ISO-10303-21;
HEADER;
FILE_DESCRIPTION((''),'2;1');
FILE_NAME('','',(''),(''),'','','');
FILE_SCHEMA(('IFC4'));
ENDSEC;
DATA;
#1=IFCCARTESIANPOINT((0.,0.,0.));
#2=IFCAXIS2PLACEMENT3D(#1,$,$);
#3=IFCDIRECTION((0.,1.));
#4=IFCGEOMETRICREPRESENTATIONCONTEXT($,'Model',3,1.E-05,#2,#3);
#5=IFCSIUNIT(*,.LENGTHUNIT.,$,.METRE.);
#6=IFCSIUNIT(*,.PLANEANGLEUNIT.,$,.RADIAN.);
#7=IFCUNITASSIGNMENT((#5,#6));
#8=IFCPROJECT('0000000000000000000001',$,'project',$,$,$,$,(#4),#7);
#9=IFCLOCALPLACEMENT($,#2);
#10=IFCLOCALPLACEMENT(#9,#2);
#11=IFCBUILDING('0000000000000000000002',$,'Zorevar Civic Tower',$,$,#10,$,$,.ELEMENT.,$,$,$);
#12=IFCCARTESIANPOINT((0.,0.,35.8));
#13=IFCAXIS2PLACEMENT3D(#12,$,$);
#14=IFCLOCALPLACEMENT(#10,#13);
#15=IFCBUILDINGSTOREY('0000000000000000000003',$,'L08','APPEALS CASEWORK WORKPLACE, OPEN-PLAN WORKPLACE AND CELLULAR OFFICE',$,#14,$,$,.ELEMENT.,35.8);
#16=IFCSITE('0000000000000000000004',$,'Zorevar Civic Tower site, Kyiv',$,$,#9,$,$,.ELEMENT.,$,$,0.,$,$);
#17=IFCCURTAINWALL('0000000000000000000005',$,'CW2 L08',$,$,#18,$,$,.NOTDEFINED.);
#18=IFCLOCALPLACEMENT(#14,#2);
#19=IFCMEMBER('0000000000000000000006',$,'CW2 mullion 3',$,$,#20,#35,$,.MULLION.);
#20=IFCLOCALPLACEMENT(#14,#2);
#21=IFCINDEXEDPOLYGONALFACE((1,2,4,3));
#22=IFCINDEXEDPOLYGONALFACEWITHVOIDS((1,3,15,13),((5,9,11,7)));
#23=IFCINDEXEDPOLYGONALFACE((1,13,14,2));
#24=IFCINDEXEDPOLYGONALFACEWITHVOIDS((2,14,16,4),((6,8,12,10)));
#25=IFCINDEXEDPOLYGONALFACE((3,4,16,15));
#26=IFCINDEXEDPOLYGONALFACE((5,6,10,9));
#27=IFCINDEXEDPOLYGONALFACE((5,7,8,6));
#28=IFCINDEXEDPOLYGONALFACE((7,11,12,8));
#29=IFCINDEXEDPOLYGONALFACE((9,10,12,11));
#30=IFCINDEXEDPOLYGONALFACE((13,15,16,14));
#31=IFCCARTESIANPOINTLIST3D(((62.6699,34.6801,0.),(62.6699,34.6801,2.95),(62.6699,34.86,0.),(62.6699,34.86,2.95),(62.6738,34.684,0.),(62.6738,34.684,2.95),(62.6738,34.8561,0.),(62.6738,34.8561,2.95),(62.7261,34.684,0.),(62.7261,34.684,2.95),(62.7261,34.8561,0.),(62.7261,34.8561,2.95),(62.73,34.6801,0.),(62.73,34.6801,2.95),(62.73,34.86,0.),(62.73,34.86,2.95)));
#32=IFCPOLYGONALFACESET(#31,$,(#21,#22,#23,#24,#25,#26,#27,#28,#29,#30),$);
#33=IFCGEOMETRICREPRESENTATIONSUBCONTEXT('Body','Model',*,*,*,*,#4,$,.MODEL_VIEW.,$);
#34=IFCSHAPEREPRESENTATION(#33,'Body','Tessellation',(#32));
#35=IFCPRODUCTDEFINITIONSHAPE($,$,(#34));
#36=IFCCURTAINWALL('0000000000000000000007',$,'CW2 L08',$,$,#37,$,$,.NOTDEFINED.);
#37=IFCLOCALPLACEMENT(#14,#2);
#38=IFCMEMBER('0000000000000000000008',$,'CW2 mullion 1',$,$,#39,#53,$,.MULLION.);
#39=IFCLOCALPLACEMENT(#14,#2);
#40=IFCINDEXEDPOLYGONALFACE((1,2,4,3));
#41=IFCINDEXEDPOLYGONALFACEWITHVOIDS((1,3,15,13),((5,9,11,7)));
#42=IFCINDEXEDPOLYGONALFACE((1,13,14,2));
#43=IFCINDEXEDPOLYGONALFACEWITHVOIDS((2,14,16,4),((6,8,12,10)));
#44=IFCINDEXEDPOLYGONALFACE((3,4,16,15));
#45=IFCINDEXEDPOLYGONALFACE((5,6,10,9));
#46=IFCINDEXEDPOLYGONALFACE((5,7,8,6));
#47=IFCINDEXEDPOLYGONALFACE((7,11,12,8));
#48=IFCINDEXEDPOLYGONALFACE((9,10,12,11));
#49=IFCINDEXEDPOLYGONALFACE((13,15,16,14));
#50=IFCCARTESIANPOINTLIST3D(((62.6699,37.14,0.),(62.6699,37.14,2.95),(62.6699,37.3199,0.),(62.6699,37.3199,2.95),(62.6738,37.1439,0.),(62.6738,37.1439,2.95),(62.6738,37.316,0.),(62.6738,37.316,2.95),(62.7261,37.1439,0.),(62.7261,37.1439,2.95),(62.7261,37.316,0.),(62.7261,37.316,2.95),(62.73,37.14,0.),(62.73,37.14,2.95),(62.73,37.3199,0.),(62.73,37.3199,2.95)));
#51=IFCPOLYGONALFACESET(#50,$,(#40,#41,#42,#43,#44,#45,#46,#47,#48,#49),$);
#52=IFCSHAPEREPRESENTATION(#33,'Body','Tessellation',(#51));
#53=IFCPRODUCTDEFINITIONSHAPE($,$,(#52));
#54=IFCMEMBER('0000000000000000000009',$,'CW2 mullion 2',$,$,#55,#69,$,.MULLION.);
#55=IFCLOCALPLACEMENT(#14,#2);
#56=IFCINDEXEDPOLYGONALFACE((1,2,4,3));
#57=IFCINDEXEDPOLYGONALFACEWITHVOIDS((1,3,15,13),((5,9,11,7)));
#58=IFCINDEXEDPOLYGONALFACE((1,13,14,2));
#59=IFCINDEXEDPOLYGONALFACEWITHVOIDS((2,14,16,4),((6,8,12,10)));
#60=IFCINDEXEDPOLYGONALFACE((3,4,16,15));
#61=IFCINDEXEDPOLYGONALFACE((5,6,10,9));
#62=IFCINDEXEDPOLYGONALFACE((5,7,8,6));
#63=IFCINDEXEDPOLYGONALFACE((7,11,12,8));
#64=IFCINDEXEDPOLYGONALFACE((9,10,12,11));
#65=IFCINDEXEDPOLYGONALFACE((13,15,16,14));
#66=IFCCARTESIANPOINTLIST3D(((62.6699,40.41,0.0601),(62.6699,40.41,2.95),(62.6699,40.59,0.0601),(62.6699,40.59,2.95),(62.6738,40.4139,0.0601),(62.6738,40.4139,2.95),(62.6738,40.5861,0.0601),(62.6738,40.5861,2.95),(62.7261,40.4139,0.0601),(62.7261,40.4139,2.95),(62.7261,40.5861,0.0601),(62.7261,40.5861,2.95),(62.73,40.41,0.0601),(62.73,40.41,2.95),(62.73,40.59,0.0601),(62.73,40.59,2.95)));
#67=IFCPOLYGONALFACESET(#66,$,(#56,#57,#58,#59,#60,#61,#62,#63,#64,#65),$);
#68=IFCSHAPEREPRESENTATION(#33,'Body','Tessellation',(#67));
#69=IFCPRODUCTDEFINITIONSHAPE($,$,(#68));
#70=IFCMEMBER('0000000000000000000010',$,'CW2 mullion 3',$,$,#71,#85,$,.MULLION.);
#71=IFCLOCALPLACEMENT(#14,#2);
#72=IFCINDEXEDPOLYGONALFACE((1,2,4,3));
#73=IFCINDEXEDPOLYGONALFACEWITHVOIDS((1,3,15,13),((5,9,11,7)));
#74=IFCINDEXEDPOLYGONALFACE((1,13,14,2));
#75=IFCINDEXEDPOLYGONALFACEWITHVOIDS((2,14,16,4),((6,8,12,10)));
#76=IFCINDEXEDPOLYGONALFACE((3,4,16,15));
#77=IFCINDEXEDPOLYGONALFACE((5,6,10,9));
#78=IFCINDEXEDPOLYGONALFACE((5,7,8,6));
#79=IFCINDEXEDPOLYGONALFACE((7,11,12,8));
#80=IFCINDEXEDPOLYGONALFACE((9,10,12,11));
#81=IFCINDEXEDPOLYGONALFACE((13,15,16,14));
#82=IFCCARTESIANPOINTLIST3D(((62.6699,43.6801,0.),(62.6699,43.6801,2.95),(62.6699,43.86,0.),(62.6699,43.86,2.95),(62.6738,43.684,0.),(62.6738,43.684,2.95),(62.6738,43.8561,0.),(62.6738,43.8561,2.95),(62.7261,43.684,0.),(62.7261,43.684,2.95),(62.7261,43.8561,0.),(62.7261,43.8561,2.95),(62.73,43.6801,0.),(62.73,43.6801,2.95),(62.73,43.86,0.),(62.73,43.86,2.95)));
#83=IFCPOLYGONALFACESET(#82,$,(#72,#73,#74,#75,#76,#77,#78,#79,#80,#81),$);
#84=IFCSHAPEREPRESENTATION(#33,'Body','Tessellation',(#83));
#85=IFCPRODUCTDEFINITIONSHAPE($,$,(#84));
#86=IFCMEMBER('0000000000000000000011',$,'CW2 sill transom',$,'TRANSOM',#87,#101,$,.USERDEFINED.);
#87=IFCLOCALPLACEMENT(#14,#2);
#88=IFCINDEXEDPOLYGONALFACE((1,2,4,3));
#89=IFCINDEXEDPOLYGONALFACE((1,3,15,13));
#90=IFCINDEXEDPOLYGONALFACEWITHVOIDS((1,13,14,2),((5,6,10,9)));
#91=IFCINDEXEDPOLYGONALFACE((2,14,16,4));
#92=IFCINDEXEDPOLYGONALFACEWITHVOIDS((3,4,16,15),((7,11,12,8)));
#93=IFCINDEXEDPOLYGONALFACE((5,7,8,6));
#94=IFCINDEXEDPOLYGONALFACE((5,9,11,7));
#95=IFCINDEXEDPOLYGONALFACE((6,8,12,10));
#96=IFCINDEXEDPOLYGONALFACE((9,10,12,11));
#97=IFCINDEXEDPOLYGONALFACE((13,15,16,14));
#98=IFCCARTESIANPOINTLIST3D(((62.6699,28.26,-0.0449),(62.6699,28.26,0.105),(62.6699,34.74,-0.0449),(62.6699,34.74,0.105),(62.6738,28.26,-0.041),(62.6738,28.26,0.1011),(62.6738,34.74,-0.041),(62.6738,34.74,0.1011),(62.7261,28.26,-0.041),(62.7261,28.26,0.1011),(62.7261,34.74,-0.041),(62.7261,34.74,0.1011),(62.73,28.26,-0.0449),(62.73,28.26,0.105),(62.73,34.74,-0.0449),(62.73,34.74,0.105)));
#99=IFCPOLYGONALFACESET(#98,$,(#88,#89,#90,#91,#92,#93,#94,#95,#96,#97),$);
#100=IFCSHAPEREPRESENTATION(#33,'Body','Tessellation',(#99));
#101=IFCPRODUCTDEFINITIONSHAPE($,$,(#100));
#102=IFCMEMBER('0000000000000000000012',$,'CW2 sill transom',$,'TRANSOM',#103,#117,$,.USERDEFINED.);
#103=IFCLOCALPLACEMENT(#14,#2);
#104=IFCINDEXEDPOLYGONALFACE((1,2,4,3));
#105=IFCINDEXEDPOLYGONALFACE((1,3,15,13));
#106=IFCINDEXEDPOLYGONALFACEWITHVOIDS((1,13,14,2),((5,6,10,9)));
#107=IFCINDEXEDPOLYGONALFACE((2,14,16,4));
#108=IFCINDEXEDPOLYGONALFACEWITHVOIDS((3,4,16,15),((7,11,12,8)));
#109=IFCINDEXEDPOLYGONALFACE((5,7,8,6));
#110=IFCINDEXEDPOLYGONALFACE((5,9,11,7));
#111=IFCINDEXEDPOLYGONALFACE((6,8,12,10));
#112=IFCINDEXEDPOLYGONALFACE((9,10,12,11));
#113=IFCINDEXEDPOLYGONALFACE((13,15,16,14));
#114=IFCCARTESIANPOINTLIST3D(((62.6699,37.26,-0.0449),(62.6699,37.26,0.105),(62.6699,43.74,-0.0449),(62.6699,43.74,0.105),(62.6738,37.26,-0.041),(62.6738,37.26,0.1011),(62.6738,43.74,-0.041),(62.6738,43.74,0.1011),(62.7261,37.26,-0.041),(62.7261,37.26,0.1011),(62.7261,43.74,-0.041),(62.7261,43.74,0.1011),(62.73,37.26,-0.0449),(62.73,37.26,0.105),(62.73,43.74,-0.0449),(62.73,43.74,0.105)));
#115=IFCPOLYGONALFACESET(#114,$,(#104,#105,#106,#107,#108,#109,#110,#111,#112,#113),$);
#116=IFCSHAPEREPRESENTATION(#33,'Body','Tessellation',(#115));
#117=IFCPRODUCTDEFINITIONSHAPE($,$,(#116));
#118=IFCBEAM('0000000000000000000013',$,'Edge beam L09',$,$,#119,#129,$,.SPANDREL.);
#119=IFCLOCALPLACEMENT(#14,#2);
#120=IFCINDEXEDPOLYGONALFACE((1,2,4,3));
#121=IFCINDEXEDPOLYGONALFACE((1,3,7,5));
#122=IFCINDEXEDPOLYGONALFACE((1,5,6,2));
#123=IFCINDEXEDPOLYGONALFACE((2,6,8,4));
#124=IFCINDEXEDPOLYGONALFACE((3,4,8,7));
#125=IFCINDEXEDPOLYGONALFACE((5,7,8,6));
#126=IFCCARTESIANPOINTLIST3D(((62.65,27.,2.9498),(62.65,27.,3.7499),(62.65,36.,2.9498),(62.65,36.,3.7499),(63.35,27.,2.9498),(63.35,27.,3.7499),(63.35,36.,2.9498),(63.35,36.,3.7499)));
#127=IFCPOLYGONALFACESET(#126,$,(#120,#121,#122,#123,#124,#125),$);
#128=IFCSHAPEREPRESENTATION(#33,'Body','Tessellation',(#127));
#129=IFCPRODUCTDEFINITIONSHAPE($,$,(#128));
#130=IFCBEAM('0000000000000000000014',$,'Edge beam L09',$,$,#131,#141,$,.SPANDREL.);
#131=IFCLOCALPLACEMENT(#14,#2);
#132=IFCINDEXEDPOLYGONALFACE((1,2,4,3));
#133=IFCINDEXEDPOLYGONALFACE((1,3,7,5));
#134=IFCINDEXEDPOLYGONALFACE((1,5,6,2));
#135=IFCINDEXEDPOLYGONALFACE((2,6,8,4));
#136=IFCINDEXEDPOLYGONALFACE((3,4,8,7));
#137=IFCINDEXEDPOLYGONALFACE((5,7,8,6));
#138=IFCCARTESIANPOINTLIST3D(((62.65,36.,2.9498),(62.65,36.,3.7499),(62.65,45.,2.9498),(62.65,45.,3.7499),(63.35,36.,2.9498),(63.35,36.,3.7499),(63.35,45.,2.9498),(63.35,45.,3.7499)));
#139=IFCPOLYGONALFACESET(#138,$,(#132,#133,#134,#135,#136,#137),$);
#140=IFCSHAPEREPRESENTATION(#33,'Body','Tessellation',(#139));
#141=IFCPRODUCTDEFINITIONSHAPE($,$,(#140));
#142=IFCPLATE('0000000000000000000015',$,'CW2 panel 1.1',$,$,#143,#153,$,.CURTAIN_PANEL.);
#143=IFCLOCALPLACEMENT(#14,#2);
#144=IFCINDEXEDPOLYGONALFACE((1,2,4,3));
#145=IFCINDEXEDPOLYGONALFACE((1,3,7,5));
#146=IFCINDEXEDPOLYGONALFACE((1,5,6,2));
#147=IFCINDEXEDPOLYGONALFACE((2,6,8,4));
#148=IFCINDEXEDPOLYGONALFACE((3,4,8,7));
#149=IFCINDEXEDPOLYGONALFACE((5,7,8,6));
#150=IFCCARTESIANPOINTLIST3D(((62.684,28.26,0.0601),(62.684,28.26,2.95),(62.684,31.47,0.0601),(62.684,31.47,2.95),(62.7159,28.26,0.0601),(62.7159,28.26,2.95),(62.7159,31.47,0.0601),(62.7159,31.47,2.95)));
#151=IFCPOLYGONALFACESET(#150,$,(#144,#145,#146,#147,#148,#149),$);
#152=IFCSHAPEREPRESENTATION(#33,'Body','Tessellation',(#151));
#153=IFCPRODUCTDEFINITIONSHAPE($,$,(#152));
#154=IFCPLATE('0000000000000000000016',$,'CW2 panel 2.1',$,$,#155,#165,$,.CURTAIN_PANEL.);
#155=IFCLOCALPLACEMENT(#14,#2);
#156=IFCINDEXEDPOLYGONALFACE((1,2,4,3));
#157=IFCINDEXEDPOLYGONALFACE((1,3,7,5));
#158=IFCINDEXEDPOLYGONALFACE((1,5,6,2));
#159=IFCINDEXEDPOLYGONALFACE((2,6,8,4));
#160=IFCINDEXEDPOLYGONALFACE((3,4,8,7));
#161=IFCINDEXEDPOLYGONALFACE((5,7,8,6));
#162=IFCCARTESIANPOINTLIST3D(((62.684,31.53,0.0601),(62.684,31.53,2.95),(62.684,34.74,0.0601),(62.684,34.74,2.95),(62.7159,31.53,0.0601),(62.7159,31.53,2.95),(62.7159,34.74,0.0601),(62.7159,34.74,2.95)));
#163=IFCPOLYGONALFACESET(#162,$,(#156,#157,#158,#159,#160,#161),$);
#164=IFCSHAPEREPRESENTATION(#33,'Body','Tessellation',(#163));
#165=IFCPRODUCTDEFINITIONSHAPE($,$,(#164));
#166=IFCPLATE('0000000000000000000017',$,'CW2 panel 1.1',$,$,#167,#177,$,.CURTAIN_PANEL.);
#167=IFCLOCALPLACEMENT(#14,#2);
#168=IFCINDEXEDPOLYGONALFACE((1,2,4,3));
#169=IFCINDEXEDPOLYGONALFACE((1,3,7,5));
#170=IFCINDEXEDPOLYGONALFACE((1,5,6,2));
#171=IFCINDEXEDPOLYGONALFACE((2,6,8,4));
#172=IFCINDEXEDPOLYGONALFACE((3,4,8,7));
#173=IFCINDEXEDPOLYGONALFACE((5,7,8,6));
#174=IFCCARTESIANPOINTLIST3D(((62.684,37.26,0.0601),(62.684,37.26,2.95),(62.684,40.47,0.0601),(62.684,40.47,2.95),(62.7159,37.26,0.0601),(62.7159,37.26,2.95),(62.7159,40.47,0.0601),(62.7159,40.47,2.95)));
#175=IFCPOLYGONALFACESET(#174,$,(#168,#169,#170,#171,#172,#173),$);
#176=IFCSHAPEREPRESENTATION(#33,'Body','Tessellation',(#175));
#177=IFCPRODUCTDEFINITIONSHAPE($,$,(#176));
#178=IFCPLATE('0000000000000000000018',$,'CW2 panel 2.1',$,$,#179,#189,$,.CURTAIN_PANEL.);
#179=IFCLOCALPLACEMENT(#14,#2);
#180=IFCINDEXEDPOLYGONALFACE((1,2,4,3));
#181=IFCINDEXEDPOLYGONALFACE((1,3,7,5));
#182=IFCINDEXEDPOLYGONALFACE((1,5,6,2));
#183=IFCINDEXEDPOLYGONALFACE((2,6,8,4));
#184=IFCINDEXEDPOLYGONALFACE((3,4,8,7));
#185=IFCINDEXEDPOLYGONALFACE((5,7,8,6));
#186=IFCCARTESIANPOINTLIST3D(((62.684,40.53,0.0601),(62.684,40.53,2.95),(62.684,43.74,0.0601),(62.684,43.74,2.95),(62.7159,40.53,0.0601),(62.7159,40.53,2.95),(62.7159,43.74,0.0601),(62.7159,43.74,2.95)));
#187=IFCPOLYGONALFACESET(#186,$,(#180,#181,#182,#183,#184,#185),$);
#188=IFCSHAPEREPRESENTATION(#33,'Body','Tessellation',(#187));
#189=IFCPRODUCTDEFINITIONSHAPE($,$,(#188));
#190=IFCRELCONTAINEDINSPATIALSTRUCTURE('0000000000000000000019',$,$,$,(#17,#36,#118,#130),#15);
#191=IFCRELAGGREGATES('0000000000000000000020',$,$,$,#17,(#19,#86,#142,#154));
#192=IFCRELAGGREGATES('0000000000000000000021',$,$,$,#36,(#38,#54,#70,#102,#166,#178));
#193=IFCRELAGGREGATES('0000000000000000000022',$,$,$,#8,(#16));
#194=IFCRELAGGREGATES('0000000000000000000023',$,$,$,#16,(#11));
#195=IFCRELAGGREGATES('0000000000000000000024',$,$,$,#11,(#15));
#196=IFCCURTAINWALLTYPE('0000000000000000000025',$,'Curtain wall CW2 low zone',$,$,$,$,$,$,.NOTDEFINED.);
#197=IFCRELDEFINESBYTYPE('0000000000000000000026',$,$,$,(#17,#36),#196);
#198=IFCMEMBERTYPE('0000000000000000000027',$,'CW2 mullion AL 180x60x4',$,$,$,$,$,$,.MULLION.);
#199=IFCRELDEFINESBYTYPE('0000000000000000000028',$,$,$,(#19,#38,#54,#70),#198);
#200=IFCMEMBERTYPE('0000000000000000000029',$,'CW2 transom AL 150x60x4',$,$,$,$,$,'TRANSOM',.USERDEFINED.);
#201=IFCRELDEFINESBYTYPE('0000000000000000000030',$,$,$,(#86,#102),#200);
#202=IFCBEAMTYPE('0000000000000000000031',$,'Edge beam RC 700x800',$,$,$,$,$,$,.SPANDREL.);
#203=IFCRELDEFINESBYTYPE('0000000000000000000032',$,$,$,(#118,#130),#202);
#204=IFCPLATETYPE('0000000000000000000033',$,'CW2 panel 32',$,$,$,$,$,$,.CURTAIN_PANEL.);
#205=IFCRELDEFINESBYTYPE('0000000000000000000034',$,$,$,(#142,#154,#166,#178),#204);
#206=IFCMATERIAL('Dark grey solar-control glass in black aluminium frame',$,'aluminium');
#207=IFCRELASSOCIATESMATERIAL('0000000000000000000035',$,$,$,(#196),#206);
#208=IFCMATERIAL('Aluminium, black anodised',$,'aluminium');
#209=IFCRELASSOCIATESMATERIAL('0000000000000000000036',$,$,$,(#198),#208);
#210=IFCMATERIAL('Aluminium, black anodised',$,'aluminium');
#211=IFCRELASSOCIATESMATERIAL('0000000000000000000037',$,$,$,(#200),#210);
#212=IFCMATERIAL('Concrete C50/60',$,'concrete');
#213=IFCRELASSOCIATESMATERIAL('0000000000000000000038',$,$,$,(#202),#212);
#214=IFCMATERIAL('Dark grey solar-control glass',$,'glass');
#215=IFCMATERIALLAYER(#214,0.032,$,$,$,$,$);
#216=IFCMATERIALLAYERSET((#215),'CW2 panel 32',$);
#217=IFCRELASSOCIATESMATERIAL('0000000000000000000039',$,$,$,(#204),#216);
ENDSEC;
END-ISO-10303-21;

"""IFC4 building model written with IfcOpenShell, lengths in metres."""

from ifc_helpers import new_model, si_unit, direction, frame, origin, origin_2d, place, context, subcontext, project, spatial, rectangle, hollow_rectangle, extrude, material, layer, layer_set, material_profile, profile_set, type_object, element, aggregate, save


model = new_model("IFC4")

# Units and contexts
model_context = context("Model", 3, precision=1e-05, world=origin(), true_north=direction((0.0, 1.0)))
body_context = subcontext(model_context, "Body", "Model", "MODEL_VIEW")
ifc_project = project(units=[si_unit("LENGTHUNIT", "METRE"), si_unit("PLANEANGLEUNIT", "RADIAN")], contexts=[model_context])

# Site, building, storey
site_placement = place(None, origin())
site = spatial("IfcSite", under=ifc_project, at=site_placement, Name="Zorevar Civic Tower site, Kyiv", CompositionType="ELEMENT", RefElevation=0.0)
building_placement = place(site_placement, origin())
building = spatial("IfcBuilding", under=site, at=building_placement, Name="Zorevar Civic Tower", CompositionType="ELEMENT")
storey_placement = place(building_placement, frame((0.0, 0.0, 35.8)))
storey = spatial("IfcBuildingStorey", under=building, at=storey_placement, Name="L08", Description="APPEALS CASEWORK WORKPLACE, OPEN-PLAN WORKPLACE AND CELLULAR OFFICE", CompositionType="ELEMENT", Elevation=35.8)

# Curtain walls, members
ifc_material_1 = material(Name="Dark grey solar-control glass in black aluminium frame", Category="aluminium")
curtain_wall_type = type_object("IfcCurtainWallType", Name="Curtain wall CW2 low zone", PredefinedType="NOTDEFINED", material=ifc_material_1)
curtain_wall_1_placement = place(storey_placement, origin())
curtain_wall_1 = element("IfcCurtainWall", 1, at=curtain_wall_1_placement, inside=storey, type_object=curtain_wall_type, Name="CW2 L08", PredefinedType="NOTDEFINED")
ifc_material_2 = material(Name="Aluminium, black anodised", Category="aluminium")
ifc_material_profile_1 = material_profile(ifc_material_2, hollow_rectangle(XDim=0.0601, YDim=0.1799, WallThickness=0.0039, at=origin_2d()), Name="AL 180x60x4")
ifc_profile_set_1 = profile_set([ifc_material_profile_1], Name="Aluminium, black anodised")
member_type_1 = type_object("IfcMemberType", Name="CW2 mullion AL 180x60x4", PredefinedType="MULLION", material=ifc_profile_set_1)
member_1_placement = place(storey_placement, frame((62.7, 34.77, 0.0), z_axis=(0.0, 0.0, 1.0), x_axis=(-1.0, 0.0, 0.0)))
member_1 = element("IfcMember", 2, at=member_1_placement, type_object=member_type_1, Name="CW2 mullion 3", PredefinedType="MULLION", context=body_context, shape_type="SweptSolid", body=[
    extrude(hollow_rectangle(XDim=0.0601, YDim=0.1799, WallThickness=0.0039, at=origin_2d()), origin(), (0.0, 0.0, 1.0), 2.95),
])
curtain_wall_2_placement = place(storey_placement, origin())
curtain_wall_2 = element("IfcCurtainWall", 3, at=curtain_wall_2_placement, inside=storey, type_object=curtain_wall_type, Name="CW2 L08", PredefinedType="NOTDEFINED")
member_2_placement = place(storey_placement, frame((62.7, 37.23, 0.0), z_axis=(0.0, 0.0, 1.0), x_axis=(-1.0, 0.0, 0.0)))
member_2 = element("IfcMember", 4, at=member_2_placement, type_object=member_type_1, Name="CW2 mullion 1", PredefinedType="MULLION", context=body_context, shape_type="SweptSolid", body=[
    extrude(hollow_rectangle(XDim=0.0601, YDim=0.1799, WallThickness=0.0039, at=origin_2d()), origin(), (0.0, 0.0, 1.0), 2.95),
])
member_3_placement = place(storey_placement, frame((62.7, 40.5, 0.0601), z_axis=(0.0, 0.0, 1.0), x_axis=(-1.0, 0.0, 0.0)))
member_3 = element("IfcMember", 5, at=member_3_placement, type_object=member_type_1, Name="CW2 mullion 2", PredefinedType="MULLION", context=body_context, shape_type="SweptSolid", body=[
    extrude(hollow_rectangle(XDim=0.0601, YDim=0.1799, WallThickness=0.0039, at=origin_2d()), origin(), (0.0, 0.0, 1.0), 2.8899),
])
member_4_placement = place(storey_placement, frame((62.7, 43.77, 0.0), z_axis=(0.0, 0.0, 1.0), x_axis=(-1.0, 0.0, 0.0)))
member_4 = element("IfcMember", 6, at=member_4_placement, type_object=member_type_1, Name="CW2 mullion 3", PredefinedType="MULLION", context=body_context, shape_type="SweptSolid", body=[
    extrude(hollow_rectangle(XDim=0.0601, YDim=0.1799, WallThickness=0.0039, at=origin_2d()), origin(), (0.0, 0.0, 1.0), 2.95),
])

# Members
ifc_material_3 = material(Name="Aluminium, black anodised", Category="aluminium")
ifc_material_profile_2 = material_profile(ifc_material_3, hollow_rectangle(XDim=0.0601, YDim=0.1499, WallThickness=0.0039, at=origin_2d()), Name="AL 150x60x4")
ifc_profile_set_2 = profile_set([ifc_material_profile_2], Name="Aluminium, black anodised")
member_type_2 = type_object("IfcMemberType", Name="CW2 transom AL 150x60x4", ElementType="TRANSOM", PredefinedType="USERDEFINED", material=ifc_profile_set_2)
member_5_placement = place(storey_placement, frame((62.7, 28.26, 0.03), z_axis=(0.0, 1.0, 0.0), x_axis=(-1.0, 0.0, 0.0)))
member_5 = element("IfcMember", 7, at=member_5_placement, type_object=member_type_2, Name="CW2 sill transom", ObjectType="TRANSOM", PredefinedType="USERDEFINED", context=body_context, shape_type="SweptSolid", body=[
    extrude(hollow_rectangle(XDim=0.0601, YDim=0.1499, WallThickness=0.0039, at=origin_2d()), origin(), (0.0, 0.0, 1.0), 6.48),
])
member_6_placement = place(storey_placement, frame((62.7, 37.26, 0.03), z_axis=(0.0, 1.0, 0.0), x_axis=(-1.0, 0.0, 0.0)))
member_6 = element("IfcMember", 8, at=member_6_placement, type_object=member_type_2, Name="CW2 sill transom", ObjectType="TRANSOM", PredefinedType="USERDEFINED", context=body_context, shape_type="SweptSolid", body=[
    extrude(hollow_rectangle(XDim=0.0601, YDim=0.1499, WallThickness=0.0039, at=origin_2d()), origin(), (0.0, 0.0, 1.0), 6.48),
])

# Beams
ifc_material_4 = material(Name="Concrete C50/60", Category="concrete")
ifc_material_profile_3 = material_profile(ifc_material_4, rectangle(XDim=0.7, YDim=0.8, at=origin_2d()), Name="RC 700x800")
ifc_profile_set_3 = profile_set([ifc_material_profile_3], Name="Concrete C50/60")
beam_type_1 = type_object("IfcBeamType", Name="Edge beam RC 700x800", PredefinedType="SPANDREL", material=ifc_profile_set_3)
for number, where, z_axis, x_axis, name in (
    (9, (63.0, 27.0, 3.3499), (0.0, 1.0, 0.0), (-1.0, 0.0, 0.0), "Edge beam L09"),
    (10, (63.0, 36.0, 3.3499), (0.0, 1.0, 0.0), (-1.0, 0.0, 0.0), "Edge beam L09"),
):
    element("IfcBeam", number, at=place(storey_placement, frame(where, z_axis=z_axis, x_axis=x_axis)), inside=storey, type_object=beam_type_1, Name=name, PredefinedType="SPANDREL", context=body_context, shape_type="SweptSolid", body=[
        extrude(rectangle(XDim=0.7, YDim=0.8, at=origin_2d()), origin(), (0.0, 0.0, 1.0), 9.0),
    ])

# Plates
ifc_material_5 = material(Name="Dark grey solar-control glass", Category="glass")
ifc_layer_1 = layer(ifc_material_5, 0.032)
ifc_layer_set_1 = layer_set([ifc_layer_1], Name="CW2 panel 32")
plate_type = type_object("IfcPlateType", Name="CW2 panel 32", PredefinedType="CURTAIN_PANEL", material=ifc_layer_set_1)
plate_1_placement = place(storey_placement, frame((62.7, 29.865, 0.0601), z_axis=(0.0, 0.0, 1.0), x_axis=(0.0, 1.0, 0.0)))
plate_1 = element("IfcPlate", 11, at=plate_1_placement, type_object=plate_type, Name="CW2 panel 1.1", PredefinedType="CURTAIN_PANEL", context=body_context, shape_type="SweptSolid", body=[
    extrude(rectangle(XDim=3.21, YDim=0.032, at=origin_2d()), origin(), (0.0, 0.0, 1.0), 2.8899),
])
plate_2_placement = place(storey_placement, frame((62.7, 33.135, 0.0601), z_axis=(0.0, 0.0, 1.0), x_axis=(0.0, 1.0, 0.0)))
plate_2 = element("IfcPlate", 12, at=plate_2_placement, type_object=plate_type, Name="CW2 panel 2.1", PredefinedType="CURTAIN_PANEL", context=body_context, shape_type="SweptSolid", body=[
    extrude(rectangle(XDim=3.21, YDim=0.032, at=origin_2d()), origin(), (0.0, 0.0, 1.0), 2.8899),
])
aggregate(curtain_wall_1, [member_1, member_5, plate_1, plate_2])
plate_3_placement = place(storey_placement, frame((62.7, 38.865, 0.0601), z_axis=(0.0, 0.0, 1.0), x_axis=(0.0, 1.0, 0.0)))
plate_3 = element("IfcPlate", 13, at=plate_3_placement, type_object=plate_type, Name="CW2 panel 1.1", PredefinedType="CURTAIN_PANEL", context=body_context, shape_type="SweptSolid", body=[
    extrude(rectangle(XDim=3.21, YDim=0.032, at=origin_2d()), origin(), (0.0, 0.0, 1.0), 2.8899),
])
plate_4_placement = place(storey_placement, frame((62.7, 42.135, 0.0601), z_axis=(0.0, 0.0, 1.0), x_axis=(0.0, 1.0, 0.0)))
plate_4 = element("IfcPlate", 14, at=plate_4_placement, type_object=plate_type, Name="CW2 panel 2.1", PredefinedType="CURTAIN_PANEL", context=body_context, shape_type="SweptSolid", body=[
    extrude(rectangle(XDim=3.21, YDim=0.032, at=origin_2d()), origin(), (0.0, 0.0, 1.0), 2.8899),
])
aggregate(curtain_wall_2, [member_2, member_3, member_4, member_6, plate_3, plate_4])

save(model, "model.ifc")
